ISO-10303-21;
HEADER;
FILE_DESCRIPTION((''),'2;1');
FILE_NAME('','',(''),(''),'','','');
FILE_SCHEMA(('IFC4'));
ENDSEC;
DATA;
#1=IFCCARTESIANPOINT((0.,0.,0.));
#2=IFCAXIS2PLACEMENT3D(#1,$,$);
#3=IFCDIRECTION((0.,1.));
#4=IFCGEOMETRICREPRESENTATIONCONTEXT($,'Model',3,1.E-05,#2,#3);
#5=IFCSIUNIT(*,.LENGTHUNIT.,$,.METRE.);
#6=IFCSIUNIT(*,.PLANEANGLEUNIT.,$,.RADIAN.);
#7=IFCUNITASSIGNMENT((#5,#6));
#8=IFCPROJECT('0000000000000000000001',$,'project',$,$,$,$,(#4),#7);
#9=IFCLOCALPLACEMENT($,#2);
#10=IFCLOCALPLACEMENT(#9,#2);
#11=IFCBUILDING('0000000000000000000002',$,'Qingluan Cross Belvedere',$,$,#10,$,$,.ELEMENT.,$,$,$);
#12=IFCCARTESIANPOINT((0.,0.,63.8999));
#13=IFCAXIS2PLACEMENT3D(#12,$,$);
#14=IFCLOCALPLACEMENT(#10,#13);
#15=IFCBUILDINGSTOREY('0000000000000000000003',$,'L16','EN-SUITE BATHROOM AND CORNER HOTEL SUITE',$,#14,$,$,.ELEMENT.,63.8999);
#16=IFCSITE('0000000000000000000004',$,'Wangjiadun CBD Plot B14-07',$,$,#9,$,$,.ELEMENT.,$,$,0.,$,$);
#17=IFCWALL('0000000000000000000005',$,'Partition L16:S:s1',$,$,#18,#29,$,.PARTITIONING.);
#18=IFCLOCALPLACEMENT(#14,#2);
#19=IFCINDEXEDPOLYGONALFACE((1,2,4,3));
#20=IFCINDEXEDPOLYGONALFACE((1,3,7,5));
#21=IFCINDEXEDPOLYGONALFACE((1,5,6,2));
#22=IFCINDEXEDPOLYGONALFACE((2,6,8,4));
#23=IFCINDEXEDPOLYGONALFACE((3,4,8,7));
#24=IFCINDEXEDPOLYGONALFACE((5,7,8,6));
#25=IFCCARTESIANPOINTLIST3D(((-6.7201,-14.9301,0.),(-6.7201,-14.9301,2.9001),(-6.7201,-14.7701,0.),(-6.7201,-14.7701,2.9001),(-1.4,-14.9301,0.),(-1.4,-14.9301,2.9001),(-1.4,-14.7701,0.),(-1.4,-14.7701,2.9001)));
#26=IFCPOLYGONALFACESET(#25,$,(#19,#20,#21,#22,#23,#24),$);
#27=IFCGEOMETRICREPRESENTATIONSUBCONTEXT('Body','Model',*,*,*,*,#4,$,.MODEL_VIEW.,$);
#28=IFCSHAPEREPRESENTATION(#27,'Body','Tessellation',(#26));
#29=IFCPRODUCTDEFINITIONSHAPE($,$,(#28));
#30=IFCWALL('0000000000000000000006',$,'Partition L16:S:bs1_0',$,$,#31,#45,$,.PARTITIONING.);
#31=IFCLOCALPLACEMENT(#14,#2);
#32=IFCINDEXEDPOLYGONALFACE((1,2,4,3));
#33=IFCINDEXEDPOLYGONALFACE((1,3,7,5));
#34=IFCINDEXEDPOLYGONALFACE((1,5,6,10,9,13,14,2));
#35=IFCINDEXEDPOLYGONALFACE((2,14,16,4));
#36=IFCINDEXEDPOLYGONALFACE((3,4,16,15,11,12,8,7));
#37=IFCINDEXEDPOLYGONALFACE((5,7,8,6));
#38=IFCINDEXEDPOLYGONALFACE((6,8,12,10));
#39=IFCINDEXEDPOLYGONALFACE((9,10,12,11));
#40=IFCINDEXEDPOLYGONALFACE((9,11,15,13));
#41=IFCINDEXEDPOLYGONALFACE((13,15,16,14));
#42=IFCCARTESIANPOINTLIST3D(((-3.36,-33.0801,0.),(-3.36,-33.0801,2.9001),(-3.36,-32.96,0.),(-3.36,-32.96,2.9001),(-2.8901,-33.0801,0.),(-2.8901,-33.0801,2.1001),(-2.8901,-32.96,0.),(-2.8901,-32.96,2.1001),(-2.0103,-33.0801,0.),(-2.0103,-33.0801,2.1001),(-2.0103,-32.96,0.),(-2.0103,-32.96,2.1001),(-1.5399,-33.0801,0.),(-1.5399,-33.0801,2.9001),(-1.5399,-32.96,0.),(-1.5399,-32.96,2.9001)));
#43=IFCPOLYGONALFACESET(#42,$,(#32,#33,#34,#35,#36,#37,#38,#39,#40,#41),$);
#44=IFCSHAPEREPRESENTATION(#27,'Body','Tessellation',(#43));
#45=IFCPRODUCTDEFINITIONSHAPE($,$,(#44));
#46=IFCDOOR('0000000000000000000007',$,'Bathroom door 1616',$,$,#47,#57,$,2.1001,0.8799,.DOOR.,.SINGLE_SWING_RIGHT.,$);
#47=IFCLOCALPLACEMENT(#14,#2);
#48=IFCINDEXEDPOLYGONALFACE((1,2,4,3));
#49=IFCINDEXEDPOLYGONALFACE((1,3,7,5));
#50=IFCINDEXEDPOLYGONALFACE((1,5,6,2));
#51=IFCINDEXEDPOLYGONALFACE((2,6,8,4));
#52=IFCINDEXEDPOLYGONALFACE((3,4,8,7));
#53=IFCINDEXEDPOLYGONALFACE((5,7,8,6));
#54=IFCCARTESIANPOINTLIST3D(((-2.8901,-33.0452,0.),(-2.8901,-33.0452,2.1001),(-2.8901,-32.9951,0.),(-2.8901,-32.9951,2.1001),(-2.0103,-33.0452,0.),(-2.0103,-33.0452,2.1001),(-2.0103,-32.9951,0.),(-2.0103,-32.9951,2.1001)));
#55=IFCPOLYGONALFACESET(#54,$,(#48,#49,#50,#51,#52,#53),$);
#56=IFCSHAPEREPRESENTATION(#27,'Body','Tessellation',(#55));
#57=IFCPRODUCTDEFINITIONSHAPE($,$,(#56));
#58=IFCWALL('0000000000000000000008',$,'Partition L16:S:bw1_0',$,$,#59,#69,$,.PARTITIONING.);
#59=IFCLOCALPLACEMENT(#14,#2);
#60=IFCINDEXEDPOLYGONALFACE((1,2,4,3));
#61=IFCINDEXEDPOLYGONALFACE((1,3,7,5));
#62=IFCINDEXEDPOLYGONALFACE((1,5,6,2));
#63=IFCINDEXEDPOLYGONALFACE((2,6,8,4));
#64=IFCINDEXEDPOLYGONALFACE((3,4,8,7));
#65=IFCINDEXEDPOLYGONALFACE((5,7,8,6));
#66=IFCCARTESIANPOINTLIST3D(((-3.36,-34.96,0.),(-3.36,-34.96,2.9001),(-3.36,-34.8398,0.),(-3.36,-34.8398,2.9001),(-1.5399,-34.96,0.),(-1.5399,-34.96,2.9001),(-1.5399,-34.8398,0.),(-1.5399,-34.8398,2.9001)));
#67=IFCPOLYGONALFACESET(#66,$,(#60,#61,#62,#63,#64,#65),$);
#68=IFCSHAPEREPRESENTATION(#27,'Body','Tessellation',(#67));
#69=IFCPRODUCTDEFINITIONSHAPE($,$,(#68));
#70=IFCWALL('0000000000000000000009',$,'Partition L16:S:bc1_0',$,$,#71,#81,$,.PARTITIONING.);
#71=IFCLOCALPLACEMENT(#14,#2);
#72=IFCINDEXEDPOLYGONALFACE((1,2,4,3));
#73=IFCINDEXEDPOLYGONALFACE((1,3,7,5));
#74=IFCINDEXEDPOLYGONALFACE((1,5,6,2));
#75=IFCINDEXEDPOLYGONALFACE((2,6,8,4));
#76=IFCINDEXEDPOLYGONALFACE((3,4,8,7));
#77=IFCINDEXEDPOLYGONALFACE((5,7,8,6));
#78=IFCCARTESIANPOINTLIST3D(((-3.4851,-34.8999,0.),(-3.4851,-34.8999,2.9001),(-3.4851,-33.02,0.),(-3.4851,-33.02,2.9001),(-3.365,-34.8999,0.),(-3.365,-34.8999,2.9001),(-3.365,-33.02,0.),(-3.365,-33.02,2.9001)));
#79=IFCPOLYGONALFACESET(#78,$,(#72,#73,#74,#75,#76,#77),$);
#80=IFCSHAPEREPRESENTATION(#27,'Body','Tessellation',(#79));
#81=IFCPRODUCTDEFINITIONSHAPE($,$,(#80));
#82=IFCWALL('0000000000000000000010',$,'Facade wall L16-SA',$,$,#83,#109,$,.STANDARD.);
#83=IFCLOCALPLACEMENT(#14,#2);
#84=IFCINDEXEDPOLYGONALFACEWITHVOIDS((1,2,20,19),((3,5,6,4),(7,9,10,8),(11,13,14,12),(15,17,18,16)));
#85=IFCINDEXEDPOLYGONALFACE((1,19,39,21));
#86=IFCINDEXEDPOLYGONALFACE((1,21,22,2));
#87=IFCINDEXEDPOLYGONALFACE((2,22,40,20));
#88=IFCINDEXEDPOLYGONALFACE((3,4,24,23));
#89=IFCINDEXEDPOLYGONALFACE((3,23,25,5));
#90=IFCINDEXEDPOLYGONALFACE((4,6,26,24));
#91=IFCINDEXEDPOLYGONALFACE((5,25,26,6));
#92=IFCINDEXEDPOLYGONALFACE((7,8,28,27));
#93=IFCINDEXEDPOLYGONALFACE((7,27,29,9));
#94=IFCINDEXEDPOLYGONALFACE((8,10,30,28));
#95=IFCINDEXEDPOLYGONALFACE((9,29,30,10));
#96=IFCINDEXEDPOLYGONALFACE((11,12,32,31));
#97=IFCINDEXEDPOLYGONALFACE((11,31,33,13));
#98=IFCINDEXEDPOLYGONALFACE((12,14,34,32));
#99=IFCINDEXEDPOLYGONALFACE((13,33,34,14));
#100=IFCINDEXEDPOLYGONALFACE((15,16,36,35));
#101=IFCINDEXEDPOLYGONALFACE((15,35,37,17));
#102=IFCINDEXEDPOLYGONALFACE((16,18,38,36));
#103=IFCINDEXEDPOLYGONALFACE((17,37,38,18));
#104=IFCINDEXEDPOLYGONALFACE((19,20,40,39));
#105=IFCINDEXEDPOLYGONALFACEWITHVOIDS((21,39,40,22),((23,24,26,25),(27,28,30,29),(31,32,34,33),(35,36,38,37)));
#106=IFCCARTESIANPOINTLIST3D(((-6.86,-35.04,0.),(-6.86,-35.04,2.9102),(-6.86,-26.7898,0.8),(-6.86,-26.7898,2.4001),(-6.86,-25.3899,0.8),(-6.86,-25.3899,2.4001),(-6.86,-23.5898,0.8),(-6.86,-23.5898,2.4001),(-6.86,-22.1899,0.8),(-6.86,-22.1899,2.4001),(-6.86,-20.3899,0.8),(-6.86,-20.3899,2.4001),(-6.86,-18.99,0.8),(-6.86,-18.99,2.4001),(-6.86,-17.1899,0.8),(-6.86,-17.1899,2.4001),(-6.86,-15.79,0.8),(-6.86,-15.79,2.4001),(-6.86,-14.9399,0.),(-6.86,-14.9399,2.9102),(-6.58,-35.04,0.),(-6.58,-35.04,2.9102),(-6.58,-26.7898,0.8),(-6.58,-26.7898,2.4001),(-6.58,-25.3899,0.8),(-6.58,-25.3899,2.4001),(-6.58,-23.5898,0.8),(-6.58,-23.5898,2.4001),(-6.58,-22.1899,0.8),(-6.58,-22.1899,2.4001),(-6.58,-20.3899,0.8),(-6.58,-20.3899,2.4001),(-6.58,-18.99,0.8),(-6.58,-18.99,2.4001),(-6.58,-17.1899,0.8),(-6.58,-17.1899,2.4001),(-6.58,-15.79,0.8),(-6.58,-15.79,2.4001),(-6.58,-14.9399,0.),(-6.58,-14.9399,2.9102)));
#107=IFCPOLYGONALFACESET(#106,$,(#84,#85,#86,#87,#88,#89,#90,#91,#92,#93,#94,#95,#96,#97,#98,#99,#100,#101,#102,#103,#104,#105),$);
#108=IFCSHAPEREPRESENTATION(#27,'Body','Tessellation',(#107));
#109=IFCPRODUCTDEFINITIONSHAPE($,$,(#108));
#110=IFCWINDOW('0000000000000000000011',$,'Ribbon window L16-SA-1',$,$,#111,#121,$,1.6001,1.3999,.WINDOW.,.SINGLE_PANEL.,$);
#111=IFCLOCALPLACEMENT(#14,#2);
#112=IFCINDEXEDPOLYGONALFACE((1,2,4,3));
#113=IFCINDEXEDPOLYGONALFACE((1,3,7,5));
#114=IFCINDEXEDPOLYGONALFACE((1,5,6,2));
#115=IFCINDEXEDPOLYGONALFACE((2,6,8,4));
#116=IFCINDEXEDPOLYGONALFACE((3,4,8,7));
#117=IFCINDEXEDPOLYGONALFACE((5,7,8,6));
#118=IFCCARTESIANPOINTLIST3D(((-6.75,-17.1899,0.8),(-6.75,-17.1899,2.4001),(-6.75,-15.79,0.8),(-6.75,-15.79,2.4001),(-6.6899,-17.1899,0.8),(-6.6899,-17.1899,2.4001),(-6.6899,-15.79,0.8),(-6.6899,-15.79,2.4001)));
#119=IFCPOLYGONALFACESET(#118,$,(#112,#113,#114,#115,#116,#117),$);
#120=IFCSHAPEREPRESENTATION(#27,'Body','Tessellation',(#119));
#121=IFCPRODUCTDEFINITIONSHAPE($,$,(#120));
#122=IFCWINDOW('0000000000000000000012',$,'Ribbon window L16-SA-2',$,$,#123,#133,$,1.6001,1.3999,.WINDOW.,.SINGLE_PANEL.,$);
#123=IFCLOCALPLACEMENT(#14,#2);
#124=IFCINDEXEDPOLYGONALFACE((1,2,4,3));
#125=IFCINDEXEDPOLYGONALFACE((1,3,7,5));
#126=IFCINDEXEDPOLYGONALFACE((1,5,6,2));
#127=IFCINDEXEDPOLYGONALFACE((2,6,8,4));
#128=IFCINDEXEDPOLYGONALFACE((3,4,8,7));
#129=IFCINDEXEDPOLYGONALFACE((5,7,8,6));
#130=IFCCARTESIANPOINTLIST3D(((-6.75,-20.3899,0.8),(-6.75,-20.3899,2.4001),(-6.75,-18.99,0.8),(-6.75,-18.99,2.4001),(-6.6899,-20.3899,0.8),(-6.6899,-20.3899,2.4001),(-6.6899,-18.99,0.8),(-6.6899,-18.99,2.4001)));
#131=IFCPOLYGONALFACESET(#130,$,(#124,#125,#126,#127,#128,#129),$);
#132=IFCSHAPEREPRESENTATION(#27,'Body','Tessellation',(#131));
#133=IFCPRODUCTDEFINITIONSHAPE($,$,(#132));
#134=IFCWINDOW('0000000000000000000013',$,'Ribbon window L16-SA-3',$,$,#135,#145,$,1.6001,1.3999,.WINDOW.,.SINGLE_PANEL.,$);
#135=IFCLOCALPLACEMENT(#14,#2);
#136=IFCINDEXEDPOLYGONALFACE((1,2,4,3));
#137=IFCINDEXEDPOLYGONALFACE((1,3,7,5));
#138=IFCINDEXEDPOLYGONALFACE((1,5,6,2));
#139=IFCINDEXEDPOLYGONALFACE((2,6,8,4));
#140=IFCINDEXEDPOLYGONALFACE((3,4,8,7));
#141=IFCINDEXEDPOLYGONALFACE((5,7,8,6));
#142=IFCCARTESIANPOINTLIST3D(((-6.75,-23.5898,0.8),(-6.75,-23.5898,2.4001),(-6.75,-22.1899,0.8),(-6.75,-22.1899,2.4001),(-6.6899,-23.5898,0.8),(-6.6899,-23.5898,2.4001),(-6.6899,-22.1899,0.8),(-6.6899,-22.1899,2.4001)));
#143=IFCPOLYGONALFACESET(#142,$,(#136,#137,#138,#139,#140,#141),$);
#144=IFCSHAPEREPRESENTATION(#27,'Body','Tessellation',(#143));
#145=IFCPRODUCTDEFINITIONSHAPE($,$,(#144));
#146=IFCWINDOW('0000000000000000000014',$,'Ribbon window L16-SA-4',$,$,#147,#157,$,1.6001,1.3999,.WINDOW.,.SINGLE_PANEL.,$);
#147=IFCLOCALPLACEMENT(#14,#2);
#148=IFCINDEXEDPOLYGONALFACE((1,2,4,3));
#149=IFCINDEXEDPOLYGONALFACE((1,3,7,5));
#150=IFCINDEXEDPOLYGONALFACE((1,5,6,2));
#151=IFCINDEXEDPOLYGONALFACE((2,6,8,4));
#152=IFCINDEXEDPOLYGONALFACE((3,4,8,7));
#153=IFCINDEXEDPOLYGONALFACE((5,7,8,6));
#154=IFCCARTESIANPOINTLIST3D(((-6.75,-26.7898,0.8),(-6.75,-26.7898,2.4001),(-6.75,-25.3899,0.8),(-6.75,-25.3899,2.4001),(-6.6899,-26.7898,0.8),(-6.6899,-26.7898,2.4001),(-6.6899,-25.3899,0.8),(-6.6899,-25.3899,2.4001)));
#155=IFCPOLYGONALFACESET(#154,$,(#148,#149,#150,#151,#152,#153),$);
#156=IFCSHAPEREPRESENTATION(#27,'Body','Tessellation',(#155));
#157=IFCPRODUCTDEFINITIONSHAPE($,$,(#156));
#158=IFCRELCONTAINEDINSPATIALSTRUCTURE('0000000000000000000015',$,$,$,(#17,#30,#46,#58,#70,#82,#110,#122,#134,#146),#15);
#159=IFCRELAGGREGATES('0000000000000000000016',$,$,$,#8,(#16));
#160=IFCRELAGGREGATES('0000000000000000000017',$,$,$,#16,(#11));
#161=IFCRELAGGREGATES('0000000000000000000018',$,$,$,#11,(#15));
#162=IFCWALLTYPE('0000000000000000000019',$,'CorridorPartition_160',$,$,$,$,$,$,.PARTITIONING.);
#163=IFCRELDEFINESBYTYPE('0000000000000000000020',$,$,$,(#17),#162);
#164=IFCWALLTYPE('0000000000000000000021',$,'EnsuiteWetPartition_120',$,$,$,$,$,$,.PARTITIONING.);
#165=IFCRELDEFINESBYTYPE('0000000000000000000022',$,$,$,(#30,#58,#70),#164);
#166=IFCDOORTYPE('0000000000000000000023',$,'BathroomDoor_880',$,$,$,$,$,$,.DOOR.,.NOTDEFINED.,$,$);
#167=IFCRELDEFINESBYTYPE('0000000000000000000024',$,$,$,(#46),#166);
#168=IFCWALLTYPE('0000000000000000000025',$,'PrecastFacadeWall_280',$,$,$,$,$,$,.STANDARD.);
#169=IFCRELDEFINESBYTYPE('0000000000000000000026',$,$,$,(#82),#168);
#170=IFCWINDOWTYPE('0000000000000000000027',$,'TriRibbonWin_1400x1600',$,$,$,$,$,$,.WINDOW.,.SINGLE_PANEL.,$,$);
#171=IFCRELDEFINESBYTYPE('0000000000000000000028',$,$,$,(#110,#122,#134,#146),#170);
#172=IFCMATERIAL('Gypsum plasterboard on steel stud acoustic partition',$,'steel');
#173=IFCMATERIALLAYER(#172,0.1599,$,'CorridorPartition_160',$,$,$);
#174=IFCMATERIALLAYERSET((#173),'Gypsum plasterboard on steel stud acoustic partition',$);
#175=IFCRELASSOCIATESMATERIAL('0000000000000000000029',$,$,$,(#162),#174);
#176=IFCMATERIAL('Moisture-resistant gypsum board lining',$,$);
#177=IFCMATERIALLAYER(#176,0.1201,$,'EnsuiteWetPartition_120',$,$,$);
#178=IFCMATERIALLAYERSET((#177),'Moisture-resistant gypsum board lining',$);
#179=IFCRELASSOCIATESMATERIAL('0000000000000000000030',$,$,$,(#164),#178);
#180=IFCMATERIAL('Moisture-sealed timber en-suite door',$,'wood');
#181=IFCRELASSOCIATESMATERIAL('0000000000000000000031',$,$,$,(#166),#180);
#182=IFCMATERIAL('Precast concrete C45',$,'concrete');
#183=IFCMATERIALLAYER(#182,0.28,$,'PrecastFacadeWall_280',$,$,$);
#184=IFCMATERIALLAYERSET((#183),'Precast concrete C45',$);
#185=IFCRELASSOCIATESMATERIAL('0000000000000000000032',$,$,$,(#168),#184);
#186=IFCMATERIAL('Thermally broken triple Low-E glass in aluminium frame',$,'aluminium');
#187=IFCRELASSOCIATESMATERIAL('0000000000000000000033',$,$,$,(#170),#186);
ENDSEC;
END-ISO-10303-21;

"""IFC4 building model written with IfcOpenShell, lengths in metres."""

from ifc_helpers import new_model, si_unit, direction, frame, frame_2d, origin, place, context, subcontext, project, spatial, rectangle, extrude, material, layer, layer_set, type_object, element, fill, save


model = new_model("IFC4")

# Units and contexts
model_context = context("Model", 3, precision=1e-05, world=origin(), true_north=direction((0.0, 1.0)))
body_context = subcontext(model_context, "Body", "Model", "MODEL_VIEW")
ifc_project = project(units=[si_unit("LENGTHUNIT", "METRE"), si_unit("PLANEANGLEUNIT", "RADIAN")], contexts=[model_context])

# Site, building, storey
site_placement = place(None, origin())
site = spatial("IfcSite", under=ifc_project, at=site_placement, Name="Wangjiadun CBD Plot B14-07", CompositionType="ELEMENT", RefElevation=0.0)
building_placement = place(site_placement, origin())
building = spatial("IfcBuilding", under=site, at=building_placement, Name="Qingluan Cross Belvedere", CompositionType="ELEMENT")
storey_placement = place(building_placement, frame((0.0, 0.0, 63.8999)))
storey = spatial("IfcBuildingStorey", under=building, at=storey_placement, Name="L16", Description="EN-SUITE BATHROOM AND CORNER HOTEL SUITE", CompositionType="ELEMENT", Elevation=63.8999)

# Shared definitions
ifc_material_1 = material(Name="Gypsum plasterboard on steel stud acoustic partition", Category="steel")
ifc_layer_1 = layer(ifc_material_1, 0.1599, Name="CorridorPartition_160")
ifc_layer_set_1 = layer_set([ifc_layer_1], Name="Gypsum plasterboard on steel stud acoustic partition")
wall_type_1 = type_object("IfcWallType", Name="CorridorPartition_160", PredefinedType="PARTITIONING", material=ifc_layer_set_1)

# Wall
wall_1_placement = place(storey_placement, frame((-1.3999, -14.8501, 0.0), z_axis=(0.0, 0.0, 1.0), x_axis=(-1.0, 0.0, 0.0)))
element("IfcWall", 1, at=wall_1_placement, inside=storey, type_object=wall_type_1, Name="Partition L16:S:s1", PredefinedType="PARTITIONING", context=body_context, shape_type="SweptSolid", body=[
    extrude(rectangle(XDim=5.3201, YDim=0.1599, at=frame_2d((2.6602, 0.0))), origin(), (0.0, 0.0, 1.0), 2.9001),
])

# Wall, opening, door
ifc_material_2 = material(Name="Moisture-resistant gypsum board lining")
ifc_layer_2 = layer(ifc_material_2, 0.1201, Name="EnsuiteWetPartition_120")
ifc_layer_set_2 = layer_set([ifc_layer_2], Name="Moisture-resistant gypsum board lining")
wall_type_2 = type_object("IfcWallType", Name="EnsuiteWetPartition_120", PredefinedType="PARTITIONING", material=ifc_layer_set_2)
wall_2_placement = place(storey_placement, frame((-3.3601, -33.02, 0.0), z_axis=(0.0, 0.0, 1.0), x_axis=(1.0, 0.0, 0.0)))
wall_2 = element("IfcWall", 2, at=wall_2_placement, inside=storey, type_object=wall_type_2, Name="Partition L16:S:bs1_0", PredefinedType="PARTITIONING", context=body_context, shape_type="SweptSolid", body=[
    extrude(rectangle(XDim=1.8201, YDim=0.1201, at=frame_2d((0.9102, 0.0))), origin(), (0.0, 0.0, 1.0), 2.9001),
])
opening_1_placement = place(wall_2_placement, frame((0.47, 0.0, 0.0)))
opening_1 = element("IfcOpeningElement", 3, at=opening_1_placement, cuts=wall_2, PredefinedType="OPENING", context=body_context, shape_type="SweptSolid", body=[
    extrude(rectangle(XDim=0.8799, YDim=2.1001, at=frame_2d((0.4399, 1.05))), frame((0.0, 0.0701, 0.0), z_axis=(0.0, -1.0, 0.0), x_axis=(1.0, 0.0, 0.0)), (0.0, 0.0, 1.0), 0.1401),
])
ifc_material_3 = material(Name="Moisture-sealed timber en-suite door", Category="wood")
door_type_1 = type_object("IfcDoorType", Name="BathroomDoor_880", OperationType="NOTDEFINED", PredefinedType="DOOR", material=ifc_material_3)
door_1_placement = place(opening_1_placement, origin())
door_1 = element("IfcDoor", 4, at=door_1_placement, inside=storey, type_object=door_type_1, Name="Bathroom door 1616", OperationType="SINGLE_SWING_RIGHT", OverallHeight=2.1001, OverallWidth=0.8799, PredefinedType="DOOR", context=body_context, shape_type="SweptSolid", body=[
    extrude(rectangle(XDim=0.8799, YDim=2.1001, at=frame_2d((0.4399, 1.05))), frame((0.0, 0.0249, 0.0), z_axis=(0.0, -1.0, 0.0), x_axis=(1.0, 0.0, 0.0)), (0.0, 0.0, 1.0), 0.05),
])
fill(opening_1, door_1)

# Walls
wall_3_placement = place(storey_placement, frame((-3.3601, -34.8999, 0.0), z_axis=(0.0, 0.0, 1.0), x_axis=(1.0, 0.0, 0.0)))
element("IfcWall", 5, at=wall_3_placement, inside=storey, type_object=wall_type_2, Name="Partition L16:S:bw1_0", PredefinedType="PARTITIONING", context=body_context, shape_type="SweptSolid", body=[
    extrude(rectangle(XDim=1.8201, YDim=0.1201, at=frame_2d((0.9102, 0.0))), origin(), (0.0, 0.0, 1.0), 2.9001),
])
wall_4_placement = place(storey_placement, frame((-3.425, -33.02, 0.0), z_axis=(0.0, 0.0, 1.0), x_axis=(0.0, -1.0, 0.0)))
element("IfcWall", 6, at=wall_4_placement, inside=storey, type_object=wall_type_2, Name="Partition L16:S:bc1_0", PredefinedType="PARTITIONING", context=body_context, shape_type="SweptSolid", body=[
    extrude(rectangle(XDim=1.8799, YDim=0.1201, at=frame_2d((0.9399, 0.0))), origin(), (0.0, 0.0, 1.0), 2.9001),
])

# Wall, openings, windows
ifc_material_4 = material(Name="Precast concrete C45", Category="concrete")
ifc_layer_3 = layer(ifc_material_4, 0.28, Name="PrecastFacadeWall_280")
ifc_layer_set_3 = layer_set([ifc_layer_3], Name="Precast concrete C45")
wall_type_3 = type_object("IfcWallType", Name="PrecastFacadeWall_280", PredefinedType="STANDARD", material=ifc_layer_set_3)
wall_5_placement = place(storey_placement, frame((-6.72, -14.9399, 0.0), z_axis=(0.0, 0.0, 1.0), x_axis=(0.0, -1.0, 0.0)))
wall_5 = element("IfcWall", 7, at=wall_5_placement, inside=storey, type_object=wall_type_3, Name="Facade wall L16-SA", PredefinedType="STANDARD", context=body_context, shape_type="SweptSolid", body=[
    extrude(rectangle(XDim=20.1001, YDim=0.28, at=frame_2d((10.05, 0.0))), origin(), (0.0, 0.0, 1.0), 2.9102),
])
opening_2_placement = place(wall_5_placement, frame((0.8501, 0.0, 0.8)))
opening_2 = element("IfcOpeningElement", 8, at=opening_2_placement, cuts=wall_5, PredefinedType="OPENING", context=body_context, shape_type="SweptSolid", body=[
    extrude(rectangle(XDim=1.3999, YDim=1.6001, at=frame_2d((0.7, 0.8))), frame((0.0, 0.1499, 0.0), z_axis=(0.0, -1.0, 0.0), x_axis=(1.0, 0.0, 0.0)), (0.0, 0.0, 1.0), 0.3),
])
opening_3_placement = place(wall_5_placement, frame((4.05, 0.0, 0.8)))
opening_3 = element("IfcOpeningElement", 9, at=opening_3_placement, cuts=wall_5, PredefinedType="OPENING", context=body_context, shape_type="SweptSolid", body=[
    extrude(rectangle(XDim=1.3999, YDim=1.6001, at=frame_2d((0.7, 0.8))), frame((0.0, 0.1499, 0.0), z_axis=(0.0, -1.0, 0.0), x_axis=(1.0, 0.0, 0.0)), (0.0, 0.0, 1.0), 0.3),
])
opening_4_placement = place(wall_5_placement, frame((7.25, 0.0, 0.8)))
opening_4 = element("IfcOpeningElement", 10, at=opening_4_placement, cuts=wall_5, PredefinedType="OPENING", context=body_context, shape_type="SweptSolid", body=[
    extrude(rectangle(XDim=1.3999, YDim=1.6001, at=frame_2d((0.7, 0.8))), frame((0.0, 0.1499, 0.0), z_axis=(0.0, -1.0, 0.0), x_axis=(1.0, 0.0, 0.0)), (0.0, 0.0, 1.0), 0.3),
])
opening_5_placement = place(wall_5_placement, frame((10.45, 0.0, 0.8)))
opening_5 = element("IfcOpeningElement", 11, at=opening_5_placement, cuts=wall_5, PredefinedType="OPENING", context=body_context, shape_type="SweptSolid", body=[
    extrude(rectangle(XDim=1.3999, YDim=1.6001, at=frame_2d((0.7, 0.8))), frame((0.0, 0.1499, 0.0), z_axis=(0.0, -1.0, 0.0), x_axis=(1.0, 0.0, 0.0)), (0.0, 0.0, 1.0), 0.3),
])
ifc_material_5 = material(Name="Thermally broken triple Low-E glass in aluminium frame", Category="aluminium")
window_type_1 = type_object("IfcWindowType", Name="TriRibbonWin_1400x1600", PartitioningType="SINGLE_PANEL", PredefinedType="WINDOW", material=ifc_material_5)
window_1_placement = place(opening_2_placement, origin())
window_1 = element("IfcWindow", 12, at=window_1_placement, inside=storey, type_object=window_type_1, Name="Ribbon window L16-SA-1", OverallHeight=1.6001, OverallWidth=1.3999, PartitioningType="SINGLE_PANEL", PredefinedType="WINDOW", context=body_context, shape_type="SweptSolid", body=[
    extrude(rectangle(XDim=1.3999, YDim=1.6001, at=frame_2d((0.7, 0.8))), frame((0.0, 0.03, 0.0), z_axis=(0.0, -1.0, 0.0), x_axis=(1.0, 0.0, 0.0)), (0.0, 0.0, 1.0), 0.0601),
])
fill(opening_2, window_1)
window_2_placement = place(opening_3_placement, origin())
window_2 = element("IfcWindow", 13, at=window_2_placement, inside=storey, type_object=window_type_1, Name="Ribbon window L16-SA-2", OverallHeight=1.6001, OverallWidth=1.3999, PartitioningType="SINGLE_PANEL", PredefinedType="WINDOW", context=body_context, shape_type="SweptSolid", body=[
    extrude(rectangle(XDim=1.3999, YDim=1.6001, at=frame_2d((0.7, 0.8))), frame((0.0, 0.03, 0.0), z_axis=(0.0, -1.0, 0.0), x_axis=(1.0, 0.0, 0.0)), (0.0, 0.0, 1.0), 0.0601),
])
fill(opening_3, window_2)
window_3_placement = place(opening_4_placement, origin())
window_3 = element("IfcWindow", 14, at=window_3_placement, inside=storey, type_object=window_type_1, Name="Ribbon window L16-SA-3", OverallHeight=1.6001, OverallWidth=1.3999, PartitioningType="SINGLE_PANEL", PredefinedType="WINDOW", context=body_context, shape_type="SweptSolid", body=[
    extrude(rectangle(XDim=1.3999, YDim=1.6001, at=frame_2d((0.7, 0.8))), frame((0.0, 0.03, 0.0), z_axis=(0.0, -1.0, 0.0), x_axis=(1.0, 0.0, 0.0)), (0.0, 0.0, 1.0), 0.0601),
])
fill(opening_4, window_3)
window_4_placement = place(opening_5_placement, origin())
window_4 = element("IfcWindow", 15, at=window_4_placement, inside=storey, type_object=window_type_1, Name="Ribbon window L16-SA-4", OverallHeight=1.6001, OverallWidth=1.3999, PartitioningType="SINGLE_PANEL", PredefinedType="WINDOW", context=body_context, shape_type="SweptSolid", body=[
    extrude(rectangle(XDim=1.3999, YDim=1.6001, at=frame_2d((0.7, 0.8))), frame((0.0, 0.03, 0.0), z_axis=(0.0, -1.0, 0.0), x_axis=(1.0, 0.0, 0.0)), (0.0, 0.0, 1.0), 0.0601),
])
fill(opening_5, window_4)

save(model, "model.ifc")
